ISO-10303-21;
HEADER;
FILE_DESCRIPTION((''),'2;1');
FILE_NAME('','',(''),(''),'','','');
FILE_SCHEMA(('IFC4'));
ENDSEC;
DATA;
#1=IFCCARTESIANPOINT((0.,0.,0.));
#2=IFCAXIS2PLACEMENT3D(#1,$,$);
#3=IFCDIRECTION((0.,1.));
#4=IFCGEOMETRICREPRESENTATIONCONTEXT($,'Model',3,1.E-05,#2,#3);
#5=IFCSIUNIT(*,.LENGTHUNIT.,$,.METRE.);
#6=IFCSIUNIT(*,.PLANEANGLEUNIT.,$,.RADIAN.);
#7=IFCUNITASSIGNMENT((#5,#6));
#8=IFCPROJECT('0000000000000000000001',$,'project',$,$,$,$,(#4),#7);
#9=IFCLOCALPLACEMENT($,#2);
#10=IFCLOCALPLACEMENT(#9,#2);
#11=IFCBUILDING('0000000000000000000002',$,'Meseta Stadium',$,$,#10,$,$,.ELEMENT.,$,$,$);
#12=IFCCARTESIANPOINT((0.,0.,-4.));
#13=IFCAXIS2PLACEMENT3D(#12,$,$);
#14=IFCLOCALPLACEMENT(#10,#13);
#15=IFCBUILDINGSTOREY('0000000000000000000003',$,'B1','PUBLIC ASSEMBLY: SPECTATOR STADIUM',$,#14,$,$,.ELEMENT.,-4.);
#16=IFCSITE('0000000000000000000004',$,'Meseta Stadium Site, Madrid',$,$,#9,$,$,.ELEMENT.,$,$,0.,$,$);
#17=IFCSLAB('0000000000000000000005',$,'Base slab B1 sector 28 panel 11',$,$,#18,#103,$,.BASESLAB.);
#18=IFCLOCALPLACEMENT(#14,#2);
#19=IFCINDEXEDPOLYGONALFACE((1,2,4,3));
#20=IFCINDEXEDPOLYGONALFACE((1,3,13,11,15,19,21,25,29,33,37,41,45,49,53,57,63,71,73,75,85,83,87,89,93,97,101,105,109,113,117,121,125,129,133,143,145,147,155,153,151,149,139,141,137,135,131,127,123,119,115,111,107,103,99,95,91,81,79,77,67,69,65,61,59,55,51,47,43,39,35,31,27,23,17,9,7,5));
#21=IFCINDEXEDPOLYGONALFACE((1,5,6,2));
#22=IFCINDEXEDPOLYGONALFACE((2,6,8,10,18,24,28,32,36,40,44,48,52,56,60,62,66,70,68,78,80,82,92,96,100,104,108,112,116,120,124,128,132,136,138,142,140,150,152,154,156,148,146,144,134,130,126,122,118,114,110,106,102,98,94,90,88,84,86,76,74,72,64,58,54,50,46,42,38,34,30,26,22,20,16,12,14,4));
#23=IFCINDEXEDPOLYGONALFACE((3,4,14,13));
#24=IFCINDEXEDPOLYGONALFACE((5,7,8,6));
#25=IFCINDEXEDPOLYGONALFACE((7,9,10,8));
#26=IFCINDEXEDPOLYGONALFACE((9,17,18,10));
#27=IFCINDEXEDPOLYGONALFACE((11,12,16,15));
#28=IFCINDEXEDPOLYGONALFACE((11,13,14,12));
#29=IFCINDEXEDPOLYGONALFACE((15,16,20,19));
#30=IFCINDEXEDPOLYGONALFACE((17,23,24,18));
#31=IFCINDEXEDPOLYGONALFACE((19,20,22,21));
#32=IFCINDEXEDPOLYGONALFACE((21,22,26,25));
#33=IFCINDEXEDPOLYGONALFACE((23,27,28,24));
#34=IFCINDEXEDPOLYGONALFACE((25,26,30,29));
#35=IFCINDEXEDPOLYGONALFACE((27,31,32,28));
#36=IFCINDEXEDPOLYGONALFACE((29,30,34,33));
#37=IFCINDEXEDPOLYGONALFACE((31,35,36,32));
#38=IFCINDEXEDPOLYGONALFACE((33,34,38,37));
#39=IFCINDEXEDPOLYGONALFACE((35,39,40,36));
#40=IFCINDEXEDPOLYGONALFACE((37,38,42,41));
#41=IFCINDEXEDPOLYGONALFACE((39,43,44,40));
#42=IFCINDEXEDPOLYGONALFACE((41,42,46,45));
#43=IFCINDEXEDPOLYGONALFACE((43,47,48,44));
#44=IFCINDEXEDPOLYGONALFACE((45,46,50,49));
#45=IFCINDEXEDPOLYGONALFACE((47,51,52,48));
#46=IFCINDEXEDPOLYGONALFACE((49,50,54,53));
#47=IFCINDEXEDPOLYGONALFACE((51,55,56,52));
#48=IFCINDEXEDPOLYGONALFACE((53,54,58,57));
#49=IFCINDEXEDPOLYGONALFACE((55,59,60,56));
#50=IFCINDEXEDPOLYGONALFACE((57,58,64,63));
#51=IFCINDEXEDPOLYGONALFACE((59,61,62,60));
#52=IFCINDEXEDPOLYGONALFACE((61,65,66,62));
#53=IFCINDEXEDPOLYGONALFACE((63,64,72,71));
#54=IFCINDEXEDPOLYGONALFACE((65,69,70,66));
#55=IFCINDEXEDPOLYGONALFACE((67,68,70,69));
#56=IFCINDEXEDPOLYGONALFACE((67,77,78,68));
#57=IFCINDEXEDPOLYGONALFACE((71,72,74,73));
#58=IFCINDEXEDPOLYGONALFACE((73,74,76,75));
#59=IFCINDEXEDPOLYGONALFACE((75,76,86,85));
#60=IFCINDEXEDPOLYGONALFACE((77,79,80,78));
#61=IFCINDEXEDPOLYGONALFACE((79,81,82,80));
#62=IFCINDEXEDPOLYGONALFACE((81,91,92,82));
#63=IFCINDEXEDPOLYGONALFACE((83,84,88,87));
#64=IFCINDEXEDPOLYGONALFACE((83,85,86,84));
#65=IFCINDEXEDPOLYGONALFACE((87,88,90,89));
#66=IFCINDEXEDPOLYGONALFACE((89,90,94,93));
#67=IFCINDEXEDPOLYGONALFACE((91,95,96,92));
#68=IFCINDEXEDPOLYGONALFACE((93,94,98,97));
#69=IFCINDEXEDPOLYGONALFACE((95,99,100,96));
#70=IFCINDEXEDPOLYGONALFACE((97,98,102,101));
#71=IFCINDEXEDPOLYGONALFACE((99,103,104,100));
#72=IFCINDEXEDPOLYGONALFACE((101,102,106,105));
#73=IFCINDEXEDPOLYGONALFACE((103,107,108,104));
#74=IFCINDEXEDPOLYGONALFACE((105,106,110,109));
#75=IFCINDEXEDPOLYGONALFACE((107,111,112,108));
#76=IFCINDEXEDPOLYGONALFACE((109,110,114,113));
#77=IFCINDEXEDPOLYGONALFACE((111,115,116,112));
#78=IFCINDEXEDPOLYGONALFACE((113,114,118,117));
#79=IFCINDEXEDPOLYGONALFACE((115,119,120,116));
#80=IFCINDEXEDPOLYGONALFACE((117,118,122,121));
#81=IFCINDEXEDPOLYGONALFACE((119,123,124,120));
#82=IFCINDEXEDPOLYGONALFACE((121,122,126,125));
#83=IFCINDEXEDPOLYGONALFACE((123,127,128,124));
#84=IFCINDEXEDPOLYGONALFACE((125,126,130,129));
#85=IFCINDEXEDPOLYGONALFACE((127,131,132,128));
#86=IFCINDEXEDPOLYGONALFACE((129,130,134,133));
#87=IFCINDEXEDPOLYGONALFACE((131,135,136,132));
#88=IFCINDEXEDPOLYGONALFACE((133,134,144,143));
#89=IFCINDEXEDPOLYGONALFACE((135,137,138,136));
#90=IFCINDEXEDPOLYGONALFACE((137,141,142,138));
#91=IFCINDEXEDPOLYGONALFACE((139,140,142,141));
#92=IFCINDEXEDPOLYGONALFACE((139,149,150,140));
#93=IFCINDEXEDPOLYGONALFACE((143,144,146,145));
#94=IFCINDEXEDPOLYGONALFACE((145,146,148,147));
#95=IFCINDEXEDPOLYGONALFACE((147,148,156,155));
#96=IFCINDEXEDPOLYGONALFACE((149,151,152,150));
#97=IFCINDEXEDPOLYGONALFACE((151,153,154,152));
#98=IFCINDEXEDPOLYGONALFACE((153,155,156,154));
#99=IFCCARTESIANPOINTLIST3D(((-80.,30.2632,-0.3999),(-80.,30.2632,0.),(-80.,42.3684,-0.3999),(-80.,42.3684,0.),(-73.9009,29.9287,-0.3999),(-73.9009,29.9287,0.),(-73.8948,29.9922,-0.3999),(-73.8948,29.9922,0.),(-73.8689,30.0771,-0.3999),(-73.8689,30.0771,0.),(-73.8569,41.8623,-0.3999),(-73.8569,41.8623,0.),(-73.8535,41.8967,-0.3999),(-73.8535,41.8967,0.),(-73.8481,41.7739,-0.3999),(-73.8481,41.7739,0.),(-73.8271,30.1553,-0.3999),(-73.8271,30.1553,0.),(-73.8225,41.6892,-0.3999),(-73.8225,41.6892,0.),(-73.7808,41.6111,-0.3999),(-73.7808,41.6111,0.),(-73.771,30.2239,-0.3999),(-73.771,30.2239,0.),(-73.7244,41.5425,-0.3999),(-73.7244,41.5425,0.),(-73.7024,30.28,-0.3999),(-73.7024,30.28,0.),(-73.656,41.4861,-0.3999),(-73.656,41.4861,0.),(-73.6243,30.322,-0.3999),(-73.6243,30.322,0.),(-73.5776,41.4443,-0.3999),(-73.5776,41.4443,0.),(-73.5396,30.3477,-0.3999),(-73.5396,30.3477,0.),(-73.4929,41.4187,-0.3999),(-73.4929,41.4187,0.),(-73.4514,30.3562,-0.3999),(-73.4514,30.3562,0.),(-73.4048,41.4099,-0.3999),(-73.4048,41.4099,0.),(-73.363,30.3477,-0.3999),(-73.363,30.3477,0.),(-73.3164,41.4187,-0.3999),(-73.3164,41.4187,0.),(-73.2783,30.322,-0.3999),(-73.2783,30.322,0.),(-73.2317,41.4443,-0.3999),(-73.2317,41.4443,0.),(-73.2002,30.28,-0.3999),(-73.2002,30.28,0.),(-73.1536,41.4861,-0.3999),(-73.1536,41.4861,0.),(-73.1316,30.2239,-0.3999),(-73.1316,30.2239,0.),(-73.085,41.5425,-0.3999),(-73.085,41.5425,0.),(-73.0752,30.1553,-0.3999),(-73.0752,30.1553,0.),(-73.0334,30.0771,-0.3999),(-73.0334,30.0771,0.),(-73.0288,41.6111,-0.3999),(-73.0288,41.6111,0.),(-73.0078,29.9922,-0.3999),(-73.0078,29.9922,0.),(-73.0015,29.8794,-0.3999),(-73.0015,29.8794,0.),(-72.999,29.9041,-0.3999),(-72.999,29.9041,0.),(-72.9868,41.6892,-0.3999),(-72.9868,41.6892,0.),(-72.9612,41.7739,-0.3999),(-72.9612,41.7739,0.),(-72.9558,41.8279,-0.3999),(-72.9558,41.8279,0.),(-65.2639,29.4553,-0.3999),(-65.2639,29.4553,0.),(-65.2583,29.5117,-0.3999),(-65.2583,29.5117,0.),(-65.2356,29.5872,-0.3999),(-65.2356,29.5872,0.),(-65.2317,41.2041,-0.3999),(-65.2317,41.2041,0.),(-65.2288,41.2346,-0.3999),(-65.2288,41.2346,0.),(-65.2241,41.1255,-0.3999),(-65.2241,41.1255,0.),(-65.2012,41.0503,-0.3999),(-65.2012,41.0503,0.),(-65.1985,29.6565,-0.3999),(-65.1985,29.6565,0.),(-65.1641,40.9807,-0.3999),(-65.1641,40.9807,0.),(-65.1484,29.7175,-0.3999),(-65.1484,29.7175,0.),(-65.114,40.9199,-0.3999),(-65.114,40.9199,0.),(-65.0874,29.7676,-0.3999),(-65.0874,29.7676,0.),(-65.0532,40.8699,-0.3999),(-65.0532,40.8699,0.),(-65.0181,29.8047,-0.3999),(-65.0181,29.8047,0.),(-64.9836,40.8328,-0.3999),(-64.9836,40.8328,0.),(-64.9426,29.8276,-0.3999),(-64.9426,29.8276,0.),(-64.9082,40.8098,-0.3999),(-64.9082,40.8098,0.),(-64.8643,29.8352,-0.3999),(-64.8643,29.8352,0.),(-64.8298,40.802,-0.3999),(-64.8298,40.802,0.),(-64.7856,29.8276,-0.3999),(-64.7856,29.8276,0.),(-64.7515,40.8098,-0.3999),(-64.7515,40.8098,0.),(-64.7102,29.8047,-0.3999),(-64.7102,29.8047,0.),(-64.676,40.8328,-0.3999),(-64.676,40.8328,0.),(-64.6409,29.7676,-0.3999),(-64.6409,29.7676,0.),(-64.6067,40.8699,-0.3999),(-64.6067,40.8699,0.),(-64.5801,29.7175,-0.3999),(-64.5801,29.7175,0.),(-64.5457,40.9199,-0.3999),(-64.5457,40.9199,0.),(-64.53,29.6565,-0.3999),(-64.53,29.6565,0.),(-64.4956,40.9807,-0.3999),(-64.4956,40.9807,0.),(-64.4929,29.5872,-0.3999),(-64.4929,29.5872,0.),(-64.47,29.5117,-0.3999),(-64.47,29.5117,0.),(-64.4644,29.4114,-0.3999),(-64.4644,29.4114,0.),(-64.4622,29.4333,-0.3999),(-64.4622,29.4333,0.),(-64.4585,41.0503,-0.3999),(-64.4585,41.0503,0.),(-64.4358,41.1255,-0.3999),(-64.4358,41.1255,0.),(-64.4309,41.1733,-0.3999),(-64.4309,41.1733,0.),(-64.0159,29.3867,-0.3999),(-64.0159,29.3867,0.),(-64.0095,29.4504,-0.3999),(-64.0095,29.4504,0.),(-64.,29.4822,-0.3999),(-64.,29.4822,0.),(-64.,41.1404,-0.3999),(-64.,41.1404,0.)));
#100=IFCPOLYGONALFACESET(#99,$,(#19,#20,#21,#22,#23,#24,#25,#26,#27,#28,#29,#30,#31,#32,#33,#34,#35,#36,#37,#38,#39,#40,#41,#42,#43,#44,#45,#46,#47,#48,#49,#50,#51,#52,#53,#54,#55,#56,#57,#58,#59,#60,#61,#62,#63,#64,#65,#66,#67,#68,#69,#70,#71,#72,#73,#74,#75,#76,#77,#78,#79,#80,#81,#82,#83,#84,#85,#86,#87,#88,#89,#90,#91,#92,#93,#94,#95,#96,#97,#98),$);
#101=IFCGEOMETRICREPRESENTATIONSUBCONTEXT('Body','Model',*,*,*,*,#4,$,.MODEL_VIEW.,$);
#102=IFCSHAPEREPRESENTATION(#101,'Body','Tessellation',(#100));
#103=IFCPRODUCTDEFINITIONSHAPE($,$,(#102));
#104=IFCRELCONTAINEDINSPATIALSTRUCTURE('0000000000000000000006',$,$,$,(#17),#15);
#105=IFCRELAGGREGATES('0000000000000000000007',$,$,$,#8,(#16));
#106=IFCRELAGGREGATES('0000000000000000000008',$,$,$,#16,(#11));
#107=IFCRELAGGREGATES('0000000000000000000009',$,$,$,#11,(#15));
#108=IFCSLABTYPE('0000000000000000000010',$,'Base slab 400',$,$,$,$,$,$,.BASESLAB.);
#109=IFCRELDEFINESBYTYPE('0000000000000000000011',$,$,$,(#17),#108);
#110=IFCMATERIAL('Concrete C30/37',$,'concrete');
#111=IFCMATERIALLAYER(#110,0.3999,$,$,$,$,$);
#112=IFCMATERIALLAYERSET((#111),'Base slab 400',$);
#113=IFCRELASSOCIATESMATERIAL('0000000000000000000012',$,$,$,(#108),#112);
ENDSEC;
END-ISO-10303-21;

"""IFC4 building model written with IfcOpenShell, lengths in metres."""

from ifc_helpers import new_model, si_unit, direction, frame, origin, place, context, subcontext, project, spatial, polyline, outline, extrude, material, layer, layer_set, type_object, element, save


model = new_model("IFC4")

# Units and contexts
model_context = context("Model", 3, precision=1e-05, world=origin(), true_north=direction((0.0, 1.0)))
body_context = subcontext(model_context, "Body", "Model", "MODEL_VIEW")
ifc_project = project(units=[si_unit("LENGTHUNIT", "METRE"), si_unit("PLANEANGLEUNIT", "RADIAN")], contexts=[model_context])

# Site, building, storey
site_placement = place(None, origin())
site = spatial("IfcSite", under=ifc_project, at=site_placement, Name="Meseta Stadium Site, Madrid", CompositionType="ELEMENT", RefElevation=0.0)
building_placement = place(site_placement, origin())
building = spatial("IfcBuilding", under=site, at=building_placement, Name="Meseta Stadium", CompositionType="ELEMENT")
storey_placement = place(building_placement, frame((0.0, 0.0, -4.0)))
storey = spatial("IfcBuildingStorey", under=building, at=storey_placement, Name="B1", Description="PUBLIC ASSEMBLY: SPECTATOR STADIUM", CompositionType="ELEMENT", Elevation=-4.0)

# Slab
ifc_material = material(Name="Concrete C30/37", Category="concrete")
ifc_layer = layer(ifc_material, 0.3999)
ifc_layer_set = layer_set([ifc_layer], Name="Base slab 400")
slab_type = type_object("IfcSlabType", Name="Base slab 400", PredefinedType="BASESLAB", material=ifc_layer_set)
slab_1_placement = place(storey_placement, frame((0.0, 0.0, -0.3999)))
element("IfcSlab", 1, at=slab_1_placement, inside=storey, type_object=slab_type, Name="Base slab B1 sector 28 panel 11", PredefinedType="BASESLAB", context=body_context, shape_type="SweptSolid", body=[
    extrude(outline(polyline([(-65.1641, 40.9807), (-65.2012, 41.0503), (-65.2241, 41.1255), (-65.2317, 41.2041), (-65.2288, 41.2346), (-72.9558, 41.8279), (-72.9612, 41.7739), (-72.9868, 41.6892), (-73.0288, 41.6111), (-73.085, 41.5425), (-73.1536, 41.4861), (-73.2317, 41.4443), (-73.3164, 41.4187), (-73.4048, 41.4099), (-73.4929, 41.4187), (-73.5776, 41.4443), (-73.656, 41.4861), (-73.7244, 41.5425), (-73.7808, 41.6111), (-73.8225, 41.6892), (-73.8481, 41.7739), (-73.8569, 41.8623), (-73.8535, 41.8967), (-80.0, 42.3684), (-80.0, 30.2632), (-73.9009, 29.9287), (-73.8948, 29.9922), (-73.8689, 30.0771), (-73.8271, 30.1553), (-73.771, 30.2239), (-73.7024, 30.28), (-73.6243, 30.322), (-73.5396, 30.3477), (-73.4514, 30.3562), (-73.363, 30.3477), (-73.2783, 30.322), (-73.2002, 30.28), (-73.1316, 30.2239), (-73.0752, 30.1553), (-73.0334, 30.0771), (-73.0078, 29.9922), (-72.999, 29.9041), (-73.0015, 29.8794), (-65.2639, 29.4553), (-65.2583, 29.5117), (-65.2356, 29.5872), (-65.1985, 29.6565), (-65.1484, 29.7175), (-65.0874, 29.7676), (-65.0181, 29.8047), (-64.9426, 29.8276), (-64.8643, 29.8352), (-64.7856, 29.8276), (-64.7102, 29.8047), (-64.6409, 29.7676), (-64.5801, 29.7175), (-64.53, 29.6565), (-64.4929, 29.5872), (-64.47, 29.5117), (-64.4622, 29.4333), (-64.4644, 29.4114), (-64.0159, 29.3867), (-64.0095, 29.4504), (-64.0, 29.4822), (-64.0, 41.1404), (-64.4309, 41.1733), (-64.4358, 41.1255), (-64.4585, 41.0503), (-64.4956, 40.9807), (-64.5457, 40.9199), (-64.6067, 40.8699), (-64.676, 40.8328), (-64.7515, 40.8098), (-64.8298, 40.802), (-64.9082, 40.8098), (-64.9836, 40.8328), (-65.0532, 40.8699), (-65.114, 40.9199), (-65.1641, 40.9807)])), origin(), (0.0, 0.0, 1.0), 0.3999),
])

save(model, "model.ifc")
